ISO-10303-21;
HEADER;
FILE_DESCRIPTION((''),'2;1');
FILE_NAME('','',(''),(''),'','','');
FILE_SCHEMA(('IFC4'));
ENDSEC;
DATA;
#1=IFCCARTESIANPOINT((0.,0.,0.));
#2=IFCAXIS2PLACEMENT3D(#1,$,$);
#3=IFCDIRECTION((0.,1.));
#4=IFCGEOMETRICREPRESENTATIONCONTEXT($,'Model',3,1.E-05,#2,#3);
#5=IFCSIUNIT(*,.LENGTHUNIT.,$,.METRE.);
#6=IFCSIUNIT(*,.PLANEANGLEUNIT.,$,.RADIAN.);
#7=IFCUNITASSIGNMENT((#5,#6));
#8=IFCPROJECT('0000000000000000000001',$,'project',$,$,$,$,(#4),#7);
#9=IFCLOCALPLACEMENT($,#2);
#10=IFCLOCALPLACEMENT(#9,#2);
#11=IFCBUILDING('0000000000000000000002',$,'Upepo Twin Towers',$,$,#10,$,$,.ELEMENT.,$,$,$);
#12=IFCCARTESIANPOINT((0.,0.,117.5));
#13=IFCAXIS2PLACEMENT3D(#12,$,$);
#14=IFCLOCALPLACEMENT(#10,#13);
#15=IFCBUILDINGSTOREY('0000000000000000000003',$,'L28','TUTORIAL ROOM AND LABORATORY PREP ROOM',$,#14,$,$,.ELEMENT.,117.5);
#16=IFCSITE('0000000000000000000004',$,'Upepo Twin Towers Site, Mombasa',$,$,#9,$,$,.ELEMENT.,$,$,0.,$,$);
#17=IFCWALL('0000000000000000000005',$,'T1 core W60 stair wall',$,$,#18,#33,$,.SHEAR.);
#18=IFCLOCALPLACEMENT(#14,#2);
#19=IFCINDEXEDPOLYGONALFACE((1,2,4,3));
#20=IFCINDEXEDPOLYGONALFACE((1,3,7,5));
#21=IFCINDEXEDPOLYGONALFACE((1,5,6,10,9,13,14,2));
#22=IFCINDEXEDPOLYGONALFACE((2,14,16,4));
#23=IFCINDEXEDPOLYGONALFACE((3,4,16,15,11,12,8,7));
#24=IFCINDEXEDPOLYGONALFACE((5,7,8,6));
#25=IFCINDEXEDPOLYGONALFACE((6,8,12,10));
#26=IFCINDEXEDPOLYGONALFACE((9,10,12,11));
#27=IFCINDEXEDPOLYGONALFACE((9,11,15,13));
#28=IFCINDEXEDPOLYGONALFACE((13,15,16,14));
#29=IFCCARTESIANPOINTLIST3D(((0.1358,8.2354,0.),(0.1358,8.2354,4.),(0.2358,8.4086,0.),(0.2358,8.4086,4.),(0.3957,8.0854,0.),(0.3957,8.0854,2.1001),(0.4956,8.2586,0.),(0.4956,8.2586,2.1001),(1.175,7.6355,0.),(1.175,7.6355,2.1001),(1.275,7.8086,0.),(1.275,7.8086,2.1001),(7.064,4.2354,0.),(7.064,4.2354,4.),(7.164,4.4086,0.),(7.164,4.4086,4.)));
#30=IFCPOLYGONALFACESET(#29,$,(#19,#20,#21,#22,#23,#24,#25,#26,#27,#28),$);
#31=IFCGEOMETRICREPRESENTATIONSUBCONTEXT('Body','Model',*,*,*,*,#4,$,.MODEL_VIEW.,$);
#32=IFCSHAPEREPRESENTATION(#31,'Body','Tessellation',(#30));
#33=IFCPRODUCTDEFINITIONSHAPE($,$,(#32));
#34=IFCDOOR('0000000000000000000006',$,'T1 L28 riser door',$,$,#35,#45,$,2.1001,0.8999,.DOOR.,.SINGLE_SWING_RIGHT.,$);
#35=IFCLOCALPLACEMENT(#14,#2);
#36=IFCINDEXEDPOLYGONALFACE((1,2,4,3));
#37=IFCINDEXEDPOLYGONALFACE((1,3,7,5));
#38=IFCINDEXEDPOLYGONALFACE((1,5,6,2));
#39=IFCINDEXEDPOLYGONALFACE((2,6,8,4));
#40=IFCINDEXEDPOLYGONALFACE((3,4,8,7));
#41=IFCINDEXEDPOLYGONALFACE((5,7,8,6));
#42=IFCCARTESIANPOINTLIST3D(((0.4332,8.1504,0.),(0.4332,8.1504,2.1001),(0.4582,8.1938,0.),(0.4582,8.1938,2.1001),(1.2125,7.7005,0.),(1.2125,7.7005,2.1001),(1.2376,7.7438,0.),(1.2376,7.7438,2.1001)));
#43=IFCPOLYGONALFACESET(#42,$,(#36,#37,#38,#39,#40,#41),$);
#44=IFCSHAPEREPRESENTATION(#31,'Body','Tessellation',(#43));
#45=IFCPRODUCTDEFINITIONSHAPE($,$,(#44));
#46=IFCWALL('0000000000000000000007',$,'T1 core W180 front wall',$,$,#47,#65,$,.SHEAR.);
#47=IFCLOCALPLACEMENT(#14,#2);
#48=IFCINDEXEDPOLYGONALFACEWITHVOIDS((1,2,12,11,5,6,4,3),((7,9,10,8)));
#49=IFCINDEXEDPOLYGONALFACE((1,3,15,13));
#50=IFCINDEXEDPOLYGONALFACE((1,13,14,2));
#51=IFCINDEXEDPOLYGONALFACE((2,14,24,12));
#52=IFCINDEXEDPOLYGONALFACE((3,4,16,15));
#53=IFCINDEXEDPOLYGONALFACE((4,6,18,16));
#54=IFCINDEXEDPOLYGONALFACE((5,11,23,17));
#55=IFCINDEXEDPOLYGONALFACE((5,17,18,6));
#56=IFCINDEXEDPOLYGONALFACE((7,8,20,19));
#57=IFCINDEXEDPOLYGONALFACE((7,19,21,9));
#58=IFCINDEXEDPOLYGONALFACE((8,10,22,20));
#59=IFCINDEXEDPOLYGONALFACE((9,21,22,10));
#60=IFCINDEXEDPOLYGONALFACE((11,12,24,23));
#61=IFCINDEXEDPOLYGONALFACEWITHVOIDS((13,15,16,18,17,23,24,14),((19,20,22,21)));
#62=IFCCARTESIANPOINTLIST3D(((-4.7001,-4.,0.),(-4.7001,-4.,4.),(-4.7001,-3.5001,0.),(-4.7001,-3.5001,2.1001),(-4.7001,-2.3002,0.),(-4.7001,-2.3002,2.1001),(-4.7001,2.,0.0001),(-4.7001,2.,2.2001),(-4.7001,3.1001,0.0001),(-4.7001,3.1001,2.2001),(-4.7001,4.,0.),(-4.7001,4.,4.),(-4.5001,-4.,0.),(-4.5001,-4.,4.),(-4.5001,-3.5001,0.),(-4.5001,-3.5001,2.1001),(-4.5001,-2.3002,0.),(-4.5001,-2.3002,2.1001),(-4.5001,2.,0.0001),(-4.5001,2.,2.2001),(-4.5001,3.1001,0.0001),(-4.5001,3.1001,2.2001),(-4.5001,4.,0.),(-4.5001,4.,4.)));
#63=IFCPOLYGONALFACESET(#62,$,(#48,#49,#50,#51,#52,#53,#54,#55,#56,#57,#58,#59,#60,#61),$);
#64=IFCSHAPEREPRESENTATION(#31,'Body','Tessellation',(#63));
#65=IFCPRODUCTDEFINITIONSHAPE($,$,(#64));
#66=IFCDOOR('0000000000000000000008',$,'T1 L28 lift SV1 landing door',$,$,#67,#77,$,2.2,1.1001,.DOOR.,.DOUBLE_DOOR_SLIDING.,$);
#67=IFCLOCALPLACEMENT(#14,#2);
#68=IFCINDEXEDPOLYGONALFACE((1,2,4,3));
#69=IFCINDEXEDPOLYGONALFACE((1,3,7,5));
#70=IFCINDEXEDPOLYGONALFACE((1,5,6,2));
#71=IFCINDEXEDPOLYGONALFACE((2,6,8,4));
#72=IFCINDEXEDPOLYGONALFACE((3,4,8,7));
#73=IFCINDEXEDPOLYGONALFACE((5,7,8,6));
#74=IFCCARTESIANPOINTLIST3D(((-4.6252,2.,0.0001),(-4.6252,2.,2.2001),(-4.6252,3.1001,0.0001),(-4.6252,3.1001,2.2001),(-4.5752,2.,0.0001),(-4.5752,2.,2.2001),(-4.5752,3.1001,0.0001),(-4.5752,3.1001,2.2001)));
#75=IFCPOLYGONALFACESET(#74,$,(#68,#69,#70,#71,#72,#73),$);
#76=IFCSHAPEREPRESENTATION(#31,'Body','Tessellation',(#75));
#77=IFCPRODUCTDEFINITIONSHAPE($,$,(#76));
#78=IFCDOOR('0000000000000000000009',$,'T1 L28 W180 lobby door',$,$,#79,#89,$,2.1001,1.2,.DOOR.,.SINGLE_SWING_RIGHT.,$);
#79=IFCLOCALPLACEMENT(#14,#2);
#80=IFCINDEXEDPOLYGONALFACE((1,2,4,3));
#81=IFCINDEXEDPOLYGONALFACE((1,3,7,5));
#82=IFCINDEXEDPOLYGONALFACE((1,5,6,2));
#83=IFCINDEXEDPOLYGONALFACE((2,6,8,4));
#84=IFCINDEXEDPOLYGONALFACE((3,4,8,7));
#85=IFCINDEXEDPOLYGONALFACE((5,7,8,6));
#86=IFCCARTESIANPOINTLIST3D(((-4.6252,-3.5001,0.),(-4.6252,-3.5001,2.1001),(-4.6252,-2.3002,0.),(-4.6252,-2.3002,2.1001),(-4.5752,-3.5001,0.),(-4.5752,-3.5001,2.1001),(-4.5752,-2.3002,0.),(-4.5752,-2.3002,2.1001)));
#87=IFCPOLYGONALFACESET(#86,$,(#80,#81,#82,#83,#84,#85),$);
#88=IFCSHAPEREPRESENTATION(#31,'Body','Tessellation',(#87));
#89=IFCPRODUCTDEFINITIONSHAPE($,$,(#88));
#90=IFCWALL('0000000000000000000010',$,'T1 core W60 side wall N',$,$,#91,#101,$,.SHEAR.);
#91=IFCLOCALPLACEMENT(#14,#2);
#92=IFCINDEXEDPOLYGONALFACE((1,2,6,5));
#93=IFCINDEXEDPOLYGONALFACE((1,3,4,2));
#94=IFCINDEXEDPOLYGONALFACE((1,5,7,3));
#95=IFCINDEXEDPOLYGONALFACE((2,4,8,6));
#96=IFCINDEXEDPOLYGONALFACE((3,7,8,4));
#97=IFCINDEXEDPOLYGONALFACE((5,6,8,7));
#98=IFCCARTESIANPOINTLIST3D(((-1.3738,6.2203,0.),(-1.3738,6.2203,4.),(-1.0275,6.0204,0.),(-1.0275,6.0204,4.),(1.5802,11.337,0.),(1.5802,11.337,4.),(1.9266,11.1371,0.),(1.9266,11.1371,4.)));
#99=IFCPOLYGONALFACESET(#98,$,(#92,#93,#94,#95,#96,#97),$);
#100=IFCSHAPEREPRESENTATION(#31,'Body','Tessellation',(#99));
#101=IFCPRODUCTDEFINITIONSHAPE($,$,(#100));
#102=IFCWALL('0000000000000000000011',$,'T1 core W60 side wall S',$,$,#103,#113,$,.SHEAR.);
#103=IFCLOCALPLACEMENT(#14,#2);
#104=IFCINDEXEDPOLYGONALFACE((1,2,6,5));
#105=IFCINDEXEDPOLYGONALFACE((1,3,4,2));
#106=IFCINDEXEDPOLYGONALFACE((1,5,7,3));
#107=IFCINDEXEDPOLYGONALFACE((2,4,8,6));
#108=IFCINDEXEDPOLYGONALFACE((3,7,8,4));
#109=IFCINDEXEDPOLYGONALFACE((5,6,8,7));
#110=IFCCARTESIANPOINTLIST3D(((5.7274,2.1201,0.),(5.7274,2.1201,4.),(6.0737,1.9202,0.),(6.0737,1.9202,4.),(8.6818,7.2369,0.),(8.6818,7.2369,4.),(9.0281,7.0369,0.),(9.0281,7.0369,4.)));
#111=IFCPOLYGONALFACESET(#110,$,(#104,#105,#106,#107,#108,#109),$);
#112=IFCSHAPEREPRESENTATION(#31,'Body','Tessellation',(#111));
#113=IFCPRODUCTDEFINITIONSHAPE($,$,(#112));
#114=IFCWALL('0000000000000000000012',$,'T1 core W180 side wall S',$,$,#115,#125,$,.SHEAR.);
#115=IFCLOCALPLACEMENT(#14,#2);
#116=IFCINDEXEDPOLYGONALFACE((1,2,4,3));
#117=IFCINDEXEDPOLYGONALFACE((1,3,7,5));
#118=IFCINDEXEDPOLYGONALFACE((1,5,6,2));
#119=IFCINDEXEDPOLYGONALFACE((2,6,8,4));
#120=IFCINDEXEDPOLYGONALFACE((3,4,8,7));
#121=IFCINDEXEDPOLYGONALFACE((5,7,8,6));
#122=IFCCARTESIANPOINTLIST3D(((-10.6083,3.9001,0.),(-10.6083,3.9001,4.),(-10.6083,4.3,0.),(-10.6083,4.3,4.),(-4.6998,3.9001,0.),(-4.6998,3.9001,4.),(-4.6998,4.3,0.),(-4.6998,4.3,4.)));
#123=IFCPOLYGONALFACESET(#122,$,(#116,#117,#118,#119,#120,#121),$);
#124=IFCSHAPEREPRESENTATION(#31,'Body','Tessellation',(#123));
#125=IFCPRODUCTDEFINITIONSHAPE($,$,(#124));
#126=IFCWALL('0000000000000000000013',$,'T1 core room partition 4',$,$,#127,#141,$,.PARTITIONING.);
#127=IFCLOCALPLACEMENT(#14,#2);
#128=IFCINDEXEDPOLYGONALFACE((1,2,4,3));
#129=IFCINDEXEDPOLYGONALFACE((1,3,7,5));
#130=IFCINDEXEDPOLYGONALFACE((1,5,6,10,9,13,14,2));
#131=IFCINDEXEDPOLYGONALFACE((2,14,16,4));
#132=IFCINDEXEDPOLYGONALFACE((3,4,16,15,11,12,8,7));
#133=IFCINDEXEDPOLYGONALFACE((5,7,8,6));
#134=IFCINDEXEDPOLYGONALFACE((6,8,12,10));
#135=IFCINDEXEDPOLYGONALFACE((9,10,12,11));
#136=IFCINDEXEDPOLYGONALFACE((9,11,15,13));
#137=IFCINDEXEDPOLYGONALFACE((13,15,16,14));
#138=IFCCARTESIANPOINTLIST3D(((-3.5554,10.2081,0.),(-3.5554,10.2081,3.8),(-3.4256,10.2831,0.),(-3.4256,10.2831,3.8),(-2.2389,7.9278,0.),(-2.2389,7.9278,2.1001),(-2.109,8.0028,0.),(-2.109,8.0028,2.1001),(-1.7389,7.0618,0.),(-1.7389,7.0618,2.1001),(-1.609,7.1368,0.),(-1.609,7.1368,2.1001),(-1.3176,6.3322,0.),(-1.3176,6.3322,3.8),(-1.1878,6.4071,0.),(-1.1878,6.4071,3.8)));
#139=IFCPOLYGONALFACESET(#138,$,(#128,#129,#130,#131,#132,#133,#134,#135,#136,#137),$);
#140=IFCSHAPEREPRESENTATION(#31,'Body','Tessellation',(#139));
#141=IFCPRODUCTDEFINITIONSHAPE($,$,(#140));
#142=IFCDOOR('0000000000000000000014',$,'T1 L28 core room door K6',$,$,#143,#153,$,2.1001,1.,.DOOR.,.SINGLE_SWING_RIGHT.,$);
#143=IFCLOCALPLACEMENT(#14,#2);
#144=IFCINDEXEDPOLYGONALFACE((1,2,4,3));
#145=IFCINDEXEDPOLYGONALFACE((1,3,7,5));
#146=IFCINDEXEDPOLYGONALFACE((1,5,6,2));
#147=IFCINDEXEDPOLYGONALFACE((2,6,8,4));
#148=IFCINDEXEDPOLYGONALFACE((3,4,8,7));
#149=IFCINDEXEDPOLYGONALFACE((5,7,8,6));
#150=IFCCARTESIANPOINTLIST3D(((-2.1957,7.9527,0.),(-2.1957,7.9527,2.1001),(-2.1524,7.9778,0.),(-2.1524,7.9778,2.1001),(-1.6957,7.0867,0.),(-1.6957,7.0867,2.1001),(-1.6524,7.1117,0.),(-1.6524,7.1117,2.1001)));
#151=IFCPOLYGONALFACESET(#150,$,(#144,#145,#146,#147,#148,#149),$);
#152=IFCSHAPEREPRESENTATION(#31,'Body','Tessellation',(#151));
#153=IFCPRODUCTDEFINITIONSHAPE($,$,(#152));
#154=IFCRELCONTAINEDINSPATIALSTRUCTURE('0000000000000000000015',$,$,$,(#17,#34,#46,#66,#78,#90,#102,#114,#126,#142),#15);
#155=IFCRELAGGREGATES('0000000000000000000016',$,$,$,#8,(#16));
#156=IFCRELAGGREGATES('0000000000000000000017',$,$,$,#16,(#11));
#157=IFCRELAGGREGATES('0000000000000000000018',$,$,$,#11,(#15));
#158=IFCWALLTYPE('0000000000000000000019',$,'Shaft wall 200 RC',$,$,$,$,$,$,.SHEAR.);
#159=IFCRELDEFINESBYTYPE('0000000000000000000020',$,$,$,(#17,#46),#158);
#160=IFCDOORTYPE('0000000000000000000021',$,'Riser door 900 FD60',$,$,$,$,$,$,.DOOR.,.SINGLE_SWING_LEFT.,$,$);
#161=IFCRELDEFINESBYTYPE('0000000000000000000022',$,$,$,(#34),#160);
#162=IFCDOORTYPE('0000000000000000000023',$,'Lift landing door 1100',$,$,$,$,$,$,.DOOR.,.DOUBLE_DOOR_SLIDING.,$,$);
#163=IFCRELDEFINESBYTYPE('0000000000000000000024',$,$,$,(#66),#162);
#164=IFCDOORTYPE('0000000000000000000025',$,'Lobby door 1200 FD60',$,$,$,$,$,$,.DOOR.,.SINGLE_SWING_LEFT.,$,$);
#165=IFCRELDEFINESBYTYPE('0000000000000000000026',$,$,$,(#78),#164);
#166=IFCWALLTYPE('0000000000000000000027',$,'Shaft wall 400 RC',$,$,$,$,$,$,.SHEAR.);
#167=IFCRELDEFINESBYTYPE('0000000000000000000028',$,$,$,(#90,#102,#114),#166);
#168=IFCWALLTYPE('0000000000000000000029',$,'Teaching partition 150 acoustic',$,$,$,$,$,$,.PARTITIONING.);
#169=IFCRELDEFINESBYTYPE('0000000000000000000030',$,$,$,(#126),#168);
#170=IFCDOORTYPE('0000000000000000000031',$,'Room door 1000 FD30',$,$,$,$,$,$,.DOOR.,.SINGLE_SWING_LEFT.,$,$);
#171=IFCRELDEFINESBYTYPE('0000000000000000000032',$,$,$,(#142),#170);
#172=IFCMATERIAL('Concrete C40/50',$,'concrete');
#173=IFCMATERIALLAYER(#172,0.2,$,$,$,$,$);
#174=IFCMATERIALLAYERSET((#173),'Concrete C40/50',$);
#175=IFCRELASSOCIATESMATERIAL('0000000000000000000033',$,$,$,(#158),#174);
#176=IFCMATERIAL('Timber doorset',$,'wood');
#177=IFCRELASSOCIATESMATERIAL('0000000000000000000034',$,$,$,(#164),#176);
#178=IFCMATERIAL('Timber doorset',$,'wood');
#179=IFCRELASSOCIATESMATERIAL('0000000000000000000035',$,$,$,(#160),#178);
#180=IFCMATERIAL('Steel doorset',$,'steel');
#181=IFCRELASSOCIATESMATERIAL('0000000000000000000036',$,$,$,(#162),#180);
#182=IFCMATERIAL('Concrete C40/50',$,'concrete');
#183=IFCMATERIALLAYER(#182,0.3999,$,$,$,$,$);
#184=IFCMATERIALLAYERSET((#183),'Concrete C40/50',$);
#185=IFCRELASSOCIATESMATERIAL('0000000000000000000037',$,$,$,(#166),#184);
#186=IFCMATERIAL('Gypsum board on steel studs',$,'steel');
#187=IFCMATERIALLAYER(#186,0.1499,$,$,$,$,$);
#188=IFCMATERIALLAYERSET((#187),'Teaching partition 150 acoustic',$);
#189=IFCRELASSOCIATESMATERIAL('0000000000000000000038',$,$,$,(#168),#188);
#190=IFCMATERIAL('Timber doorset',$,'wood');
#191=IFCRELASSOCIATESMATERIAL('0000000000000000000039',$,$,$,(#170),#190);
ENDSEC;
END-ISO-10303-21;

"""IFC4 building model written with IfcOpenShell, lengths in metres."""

from ifc_helpers import new_model, si_unit, direction, frame, frame_2d, origin, place, context, subcontext, project, spatial, rectangle, extrude, material, layer, layer_set, type_object, element, fill, save


model = new_model("IFC4")

# Units and contexts
model_context = context("Model", 3, precision=1e-05, world=origin(), true_north=direction((0.0, 1.0)))
body_context = subcontext(model_context, "Body", "Model", "MODEL_VIEW")
ifc_project = project(units=[si_unit("LENGTHUNIT", "METRE"), si_unit("PLANEANGLEUNIT", "RADIAN")], contexts=[model_context])

# Site, building, storey
site_placement = place(None, origin())
site = spatial("IfcSite", under=ifc_project, at=site_placement, Name="Upepo Twin Towers Site, Mombasa", CompositionType="ELEMENT", RefElevation=0.0)
building_placement = place(site_placement, origin())
building = spatial("IfcBuilding", under=site, at=building_placement, Name="Upepo Twin Towers", CompositionType="ELEMENT")
storey_placement = place(building_placement, frame((0.0, 0.0, 117.5)))
storey = spatial("IfcBuildingStorey", under=building, at=storey_placement, Name="L28", Description="TUTORIAL ROOM AND LABORATORY PREP ROOM", CompositionType="ELEMENT", Elevation=117.5)

# Shared definitions
ifc_material_1 = material(Name="Concrete C40/50", Category="concrete")
ifc_layer_1 = layer(ifc_material_1, 0.2)
ifc_layer_set_1 = layer_set([ifc_layer_1], Name="Concrete C40/50")
wall_type_1 = type_object("IfcWallType", Name="Shaft wall 200 RC", PredefinedType="SHEAR", material=ifc_layer_set_1)
ifc_material_2 = material(Name="Timber doorset", Category="wood")
door_type_1 = type_object("IfcDoorType", Name="Lobby door 1200 FD60", OperationType="SINGLE_SWING_LEFT", PredefinedType="DOOR", material=ifc_material_2)

# Wall, opening, door
wall_1_placement = place(storey_placement, frame((7.114, 4.322, 0.0), z_axis=(0.0, 0.0, 1.0), x_axis=(-0.866026, 0.499999, 0.0)))
wall_1 = element("IfcWall", 1, at=wall_1_placement, inside=storey, type_object=wall_type_1, Name="T1 core W60 stair wall", PredefinedType="SHEAR", context=body_context, shape_type="SweptSolid", body=[
    extrude(rectangle(XDim=8.0, YDim=0.2, at=frame_2d((4.0, 0.0))), origin(), (0.0, 0.0, 1.0), 4.0),
])
opening_1_placement = place(wall_1_placement, frame((6.8, 0.0, 0.0)))
opening_1 = element("IfcOpeningElement", 2, at=opening_1_placement, cuts=wall_1, PredefinedType="OPENING", context=body_context, shape_type="SweptSolid", body=[
    extrude(rectangle(XDim=0.8999, YDim=2.1001, at=frame_2d((0.45, 1.05))), frame((0.0, 0.1099, 0.0), z_axis=(0.0, -1.0, 0.0), x_axis=(1.0, 0.0, 0.0)), (0.0, 0.0, 1.0), 0.22),
])
ifc_material_3 = material(Name="Timber doorset", Category="wood")
door_type_2 = type_object("IfcDoorType", Name="Riser door 900 FD60", OperationType="SINGLE_SWING_LEFT", PredefinedType="DOOR", material=ifc_material_3)
door_1_placement = place(opening_1_placement, origin())
door_1 = element("IfcDoor", 3, at=door_1_placement, inside=storey, type_object=door_type_2, Name="T1 L28 riser door", OperationType="SINGLE_SWING_RIGHT", OverallHeight=2.1001, OverallWidth=0.8999, PredefinedType="DOOR", context=body_context, shape_type="SweptSolid", body=[
    extrude(rectangle(XDim=0.8999, YDim=2.1001, at=frame_2d((0.45, 1.05))), frame((0.0, 0.0249, 0.0), z_axis=(0.0, -1.0, 0.0), x_axis=(1.0, 0.0, 0.0)), (0.0, 0.0, 1.0), 0.05),
])
fill(opening_1, door_1)

# Wall, openings, doors
wall_2_placement = place(storey_placement, frame((-4.6001, 4.0, 0.0), z_axis=(0.0, 0.0, 1.0), x_axis=(0.0, -1.0, 0.0)))
wall_2 = element("IfcWall", 4, at=wall_2_placement, inside=storey, type_object=wall_type_1, Name="T1 core W180 front wall", PredefinedType="SHEAR", context=body_context, shape_type="SweptSolid", body=[
    extrude(rectangle(XDim=8.0, YDim=0.2, at=frame_2d((4.0, 0.0))), origin(), (0.0, 0.0, 1.0), 4.0),
])
opening_2_placement = place(wall_2_placement, frame((6.3, 0.0, 0.0)))
opening_2 = element("IfcOpeningElement", 5, at=opening_2_placement, cuts=wall_2, PredefinedType="OPENING", context=body_context, shape_type="SweptSolid", body=[
    extrude(rectangle(XDim=1.2, YDim=2.1001, at=frame_2d((0.6001, 1.05))), frame((0.0, 0.1099, 0.0), z_axis=(0.0, -1.0, 0.0), x_axis=(1.0, 0.0, 0.0)), (0.0, 0.0, 1.0), 0.22),
])
opening_3_placement = place(wall_2_placement, frame((0.8999, 0.0, 0.0)))
opening_3 = element("IfcOpeningElement", 6, at=opening_3_placement, cuts=wall_2, PredefinedType="OPENING", context=body_context, shape_type="SweptSolid", body=[
    extrude(rectangle(XDim=1.1001, YDim=2.2, at=frame_2d((0.55, 1.1001))), frame((0.0, 0.1099, 0.0), z_axis=(0.0, -1.0, 0.0), x_axis=(1.0, 0.0, 0.0)), (0.0, 0.0, 1.0), 0.22),
])
ifc_material_4 = material(Name="Steel doorset", Category="steel")
door_type_3 = type_object("IfcDoorType", Name="Lift landing door 1100", OperationType="DOUBLE_DOOR_SLIDING", PredefinedType="DOOR", material=ifc_material_4)
door_2_placement = place(opening_3_placement, origin())
door_2 = element("IfcDoor", 7, at=door_2_placement, inside=storey, type_object=door_type_3, Name="T1 L28 lift SV1 landing door", OperationType="DOUBLE_DOOR_SLIDING", OverallHeight=2.2, OverallWidth=1.1001, PredefinedType="DOOR", context=body_context, shape_type="SweptSolid", body=[
    extrude(rectangle(XDim=1.1001, YDim=2.2, at=frame_2d((0.55, 1.1001))), frame((0.0, 0.0249, 0.0), z_axis=(0.0, -1.0, 0.0), x_axis=(1.0, 0.0, 0.0)), (0.0, 0.0, 1.0), 0.05),
])
fill(opening_3, door_2)
door_3_placement = place(opening_2_placement, origin())
door_3 = element("IfcDoor", 8, at=door_3_placement, inside=storey, type_object=door_type_1, Name="T1 L28 W180 lobby door", OperationType="SINGLE_SWING_RIGHT", OverallHeight=2.1001, OverallWidth=1.2, PredefinedType="DOOR", context=body_context, shape_type="SweptSolid", body=[
    extrude(rectangle(XDim=1.2, YDim=2.1001, at=frame_2d((0.6001, 1.05))), frame((0.0, 0.0249, 0.0), z_axis=(0.0, -1.0, 0.0), x_axis=(1.0, 0.0, 0.0)), (0.0, 0.0, 1.0), 0.05),
])
fill(opening_2, door_3)

# Walls
ifc_material_5 = material(Name="Concrete C40/50", Category="concrete")
ifc_layer_2 = layer(ifc_material_5, 0.3999)
ifc_layer_set_2 = layer_set([ifc_layer_2], Name="Concrete C40/50")
wall_type_2 = type_object("IfcWallType", Name="Shaft wall 400 RC", PredefinedType="SHEAR", material=ifc_layer_set_2)
wall_3_placement = place(storey_placement, frame((-1.2007, 6.1204, 0.0), z_axis=(0.0, 0.0, 1.0), x_axis=(0.499997, 0.866027, 0.0)))
element("IfcWall", 9, at=wall_3_placement, inside=storey, type_object=wall_type_2, Name="T1 core W60 side wall N", PredefinedType="SHEAR", context=body_context, shape_type="SweptSolid", body=[
    extrude(rectangle(XDim=5.9082, YDim=0.3999, at=frame_2d((2.9541, 0.0))), origin(), (0.0, 0.0, 1.0), 4.0),
])
for number, where, z_axis, x_axis, name in (
    (10, (5.9006, 2.0203, 0.0), (0.0, 0.0, 1.0), (0.500028, 0.866009, 0.0), "T1 core W60 side wall S"),
    (11, (-4.7, 4.1001, 0.0), (0.0, 0.0, 1.0), (-1.0, 0.0, 0.0), "T1 core W180 side wall S"),
):
    element("IfcWall", number, at=place(storey_placement, frame(where, z_axis=z_axis, x_axis=x_axis)), inside=storey, type_object=wall_type_2, Name=name, PredefinedType="SHEAR", context=body_context, shape_type="SweptSolid", body=[
        extrude(rectangle(XDim=5.9084, YDim=0.3999, at=frame_2d((2.9541, 0.0))), origin(), (0.0, 0.0, 1.0), 4.0),
    ])

# Wall, opening, door
ifc_material_6 = material(Name="Gypsum board on steel studs", Category="steel")
ifc_layer_3 = layer(ifc_material_6, 0.1499)
ifc_layer_set_3 = layer_set([ifc_layer_3], Name="Teaching partition 150 acoustic")
wall_type_3 = type_object("IfcWallType", Name="Teaching partition 150 acoustic", PredefinedType="PARTITIONING", material=ifc_layer_set_3)
wall_4_placement = place(storey_placement, frame((-3.4905, 10.2456, 0.0), z_axis=(0.0, 0.0, 1.0), x_axis=(0.499999, -0.866026, 0.0)))
wall_4 = element("IfcWall", 12, at=wall_4_placement, inside=storey, type_object=wall_type_3, Name="T1 core room partition 4", PredefinedType="PARTITIONING", context=body_context, shape_type="SweptSolid", body=[
    extrude(rectangle(XDim=4.4756, YDim=0.1499, at=frame_2d((2.2378, 0.0))), origin(), (0.0, 0.0, 1.0), 3.8),
])
opening_4_placement = place(wall_4_placement, frame((2.6331, 0.0, 0.0)))
opening_4 = element("IfcOpeningElement", 13, at=opening_4_placement, cuts=wall_4, PredefinedType="OPENING", context=body_context, shape_type="SweptSolid", body=[
    extrude(rectangle(XDim=1.0, YDim=2.1001, at=frame_2d((0.5, 1.05))), frame((0.0, 0.085, 0.0), z_axis=(0.0, -1.0, 0.0), x_axis=(1.0, 0.0, 0.0)), (0.0, 0.0, 1.0), 0.1699),
])
ifc_material_7 = material(Name="Timber doorset", Category="wood")
door_type_4 = type_object("IfcDoorType", Name="Room door 1000 FD30", OperationType="SINGLE_SWING_LEFT", PredefinedType="DOOR", material=ifc_material_7)
door_4_placement = place(opening_4_placement, origin())
door_4 = element("IfcDoor", 14, at=door_4_placement, inside=storey, type_object=door_type_4, Name="T1 L28 core room door K6", OperationType="SINGLE_SWING_RIGHT", OverallHeight=2.1001, OverallWidth=1.0, PredefinedType="DOOR", context=body_context, shape_type="SweptSolid", body=[
    extrude(rectangle(XDim=1.0, YDim=2.1001, at=frame_2d((0.5, 1.05))), frame((0.0, 0.0249, 0.0), z_axis=(0.0, -1.0, 0.0), x_axis=(1.0, 0.0, 0.0)), (0.0, 0.0, 1.0), 0.05),
])
fill(opening_4, door_4)

save(model, "model.ifc")
